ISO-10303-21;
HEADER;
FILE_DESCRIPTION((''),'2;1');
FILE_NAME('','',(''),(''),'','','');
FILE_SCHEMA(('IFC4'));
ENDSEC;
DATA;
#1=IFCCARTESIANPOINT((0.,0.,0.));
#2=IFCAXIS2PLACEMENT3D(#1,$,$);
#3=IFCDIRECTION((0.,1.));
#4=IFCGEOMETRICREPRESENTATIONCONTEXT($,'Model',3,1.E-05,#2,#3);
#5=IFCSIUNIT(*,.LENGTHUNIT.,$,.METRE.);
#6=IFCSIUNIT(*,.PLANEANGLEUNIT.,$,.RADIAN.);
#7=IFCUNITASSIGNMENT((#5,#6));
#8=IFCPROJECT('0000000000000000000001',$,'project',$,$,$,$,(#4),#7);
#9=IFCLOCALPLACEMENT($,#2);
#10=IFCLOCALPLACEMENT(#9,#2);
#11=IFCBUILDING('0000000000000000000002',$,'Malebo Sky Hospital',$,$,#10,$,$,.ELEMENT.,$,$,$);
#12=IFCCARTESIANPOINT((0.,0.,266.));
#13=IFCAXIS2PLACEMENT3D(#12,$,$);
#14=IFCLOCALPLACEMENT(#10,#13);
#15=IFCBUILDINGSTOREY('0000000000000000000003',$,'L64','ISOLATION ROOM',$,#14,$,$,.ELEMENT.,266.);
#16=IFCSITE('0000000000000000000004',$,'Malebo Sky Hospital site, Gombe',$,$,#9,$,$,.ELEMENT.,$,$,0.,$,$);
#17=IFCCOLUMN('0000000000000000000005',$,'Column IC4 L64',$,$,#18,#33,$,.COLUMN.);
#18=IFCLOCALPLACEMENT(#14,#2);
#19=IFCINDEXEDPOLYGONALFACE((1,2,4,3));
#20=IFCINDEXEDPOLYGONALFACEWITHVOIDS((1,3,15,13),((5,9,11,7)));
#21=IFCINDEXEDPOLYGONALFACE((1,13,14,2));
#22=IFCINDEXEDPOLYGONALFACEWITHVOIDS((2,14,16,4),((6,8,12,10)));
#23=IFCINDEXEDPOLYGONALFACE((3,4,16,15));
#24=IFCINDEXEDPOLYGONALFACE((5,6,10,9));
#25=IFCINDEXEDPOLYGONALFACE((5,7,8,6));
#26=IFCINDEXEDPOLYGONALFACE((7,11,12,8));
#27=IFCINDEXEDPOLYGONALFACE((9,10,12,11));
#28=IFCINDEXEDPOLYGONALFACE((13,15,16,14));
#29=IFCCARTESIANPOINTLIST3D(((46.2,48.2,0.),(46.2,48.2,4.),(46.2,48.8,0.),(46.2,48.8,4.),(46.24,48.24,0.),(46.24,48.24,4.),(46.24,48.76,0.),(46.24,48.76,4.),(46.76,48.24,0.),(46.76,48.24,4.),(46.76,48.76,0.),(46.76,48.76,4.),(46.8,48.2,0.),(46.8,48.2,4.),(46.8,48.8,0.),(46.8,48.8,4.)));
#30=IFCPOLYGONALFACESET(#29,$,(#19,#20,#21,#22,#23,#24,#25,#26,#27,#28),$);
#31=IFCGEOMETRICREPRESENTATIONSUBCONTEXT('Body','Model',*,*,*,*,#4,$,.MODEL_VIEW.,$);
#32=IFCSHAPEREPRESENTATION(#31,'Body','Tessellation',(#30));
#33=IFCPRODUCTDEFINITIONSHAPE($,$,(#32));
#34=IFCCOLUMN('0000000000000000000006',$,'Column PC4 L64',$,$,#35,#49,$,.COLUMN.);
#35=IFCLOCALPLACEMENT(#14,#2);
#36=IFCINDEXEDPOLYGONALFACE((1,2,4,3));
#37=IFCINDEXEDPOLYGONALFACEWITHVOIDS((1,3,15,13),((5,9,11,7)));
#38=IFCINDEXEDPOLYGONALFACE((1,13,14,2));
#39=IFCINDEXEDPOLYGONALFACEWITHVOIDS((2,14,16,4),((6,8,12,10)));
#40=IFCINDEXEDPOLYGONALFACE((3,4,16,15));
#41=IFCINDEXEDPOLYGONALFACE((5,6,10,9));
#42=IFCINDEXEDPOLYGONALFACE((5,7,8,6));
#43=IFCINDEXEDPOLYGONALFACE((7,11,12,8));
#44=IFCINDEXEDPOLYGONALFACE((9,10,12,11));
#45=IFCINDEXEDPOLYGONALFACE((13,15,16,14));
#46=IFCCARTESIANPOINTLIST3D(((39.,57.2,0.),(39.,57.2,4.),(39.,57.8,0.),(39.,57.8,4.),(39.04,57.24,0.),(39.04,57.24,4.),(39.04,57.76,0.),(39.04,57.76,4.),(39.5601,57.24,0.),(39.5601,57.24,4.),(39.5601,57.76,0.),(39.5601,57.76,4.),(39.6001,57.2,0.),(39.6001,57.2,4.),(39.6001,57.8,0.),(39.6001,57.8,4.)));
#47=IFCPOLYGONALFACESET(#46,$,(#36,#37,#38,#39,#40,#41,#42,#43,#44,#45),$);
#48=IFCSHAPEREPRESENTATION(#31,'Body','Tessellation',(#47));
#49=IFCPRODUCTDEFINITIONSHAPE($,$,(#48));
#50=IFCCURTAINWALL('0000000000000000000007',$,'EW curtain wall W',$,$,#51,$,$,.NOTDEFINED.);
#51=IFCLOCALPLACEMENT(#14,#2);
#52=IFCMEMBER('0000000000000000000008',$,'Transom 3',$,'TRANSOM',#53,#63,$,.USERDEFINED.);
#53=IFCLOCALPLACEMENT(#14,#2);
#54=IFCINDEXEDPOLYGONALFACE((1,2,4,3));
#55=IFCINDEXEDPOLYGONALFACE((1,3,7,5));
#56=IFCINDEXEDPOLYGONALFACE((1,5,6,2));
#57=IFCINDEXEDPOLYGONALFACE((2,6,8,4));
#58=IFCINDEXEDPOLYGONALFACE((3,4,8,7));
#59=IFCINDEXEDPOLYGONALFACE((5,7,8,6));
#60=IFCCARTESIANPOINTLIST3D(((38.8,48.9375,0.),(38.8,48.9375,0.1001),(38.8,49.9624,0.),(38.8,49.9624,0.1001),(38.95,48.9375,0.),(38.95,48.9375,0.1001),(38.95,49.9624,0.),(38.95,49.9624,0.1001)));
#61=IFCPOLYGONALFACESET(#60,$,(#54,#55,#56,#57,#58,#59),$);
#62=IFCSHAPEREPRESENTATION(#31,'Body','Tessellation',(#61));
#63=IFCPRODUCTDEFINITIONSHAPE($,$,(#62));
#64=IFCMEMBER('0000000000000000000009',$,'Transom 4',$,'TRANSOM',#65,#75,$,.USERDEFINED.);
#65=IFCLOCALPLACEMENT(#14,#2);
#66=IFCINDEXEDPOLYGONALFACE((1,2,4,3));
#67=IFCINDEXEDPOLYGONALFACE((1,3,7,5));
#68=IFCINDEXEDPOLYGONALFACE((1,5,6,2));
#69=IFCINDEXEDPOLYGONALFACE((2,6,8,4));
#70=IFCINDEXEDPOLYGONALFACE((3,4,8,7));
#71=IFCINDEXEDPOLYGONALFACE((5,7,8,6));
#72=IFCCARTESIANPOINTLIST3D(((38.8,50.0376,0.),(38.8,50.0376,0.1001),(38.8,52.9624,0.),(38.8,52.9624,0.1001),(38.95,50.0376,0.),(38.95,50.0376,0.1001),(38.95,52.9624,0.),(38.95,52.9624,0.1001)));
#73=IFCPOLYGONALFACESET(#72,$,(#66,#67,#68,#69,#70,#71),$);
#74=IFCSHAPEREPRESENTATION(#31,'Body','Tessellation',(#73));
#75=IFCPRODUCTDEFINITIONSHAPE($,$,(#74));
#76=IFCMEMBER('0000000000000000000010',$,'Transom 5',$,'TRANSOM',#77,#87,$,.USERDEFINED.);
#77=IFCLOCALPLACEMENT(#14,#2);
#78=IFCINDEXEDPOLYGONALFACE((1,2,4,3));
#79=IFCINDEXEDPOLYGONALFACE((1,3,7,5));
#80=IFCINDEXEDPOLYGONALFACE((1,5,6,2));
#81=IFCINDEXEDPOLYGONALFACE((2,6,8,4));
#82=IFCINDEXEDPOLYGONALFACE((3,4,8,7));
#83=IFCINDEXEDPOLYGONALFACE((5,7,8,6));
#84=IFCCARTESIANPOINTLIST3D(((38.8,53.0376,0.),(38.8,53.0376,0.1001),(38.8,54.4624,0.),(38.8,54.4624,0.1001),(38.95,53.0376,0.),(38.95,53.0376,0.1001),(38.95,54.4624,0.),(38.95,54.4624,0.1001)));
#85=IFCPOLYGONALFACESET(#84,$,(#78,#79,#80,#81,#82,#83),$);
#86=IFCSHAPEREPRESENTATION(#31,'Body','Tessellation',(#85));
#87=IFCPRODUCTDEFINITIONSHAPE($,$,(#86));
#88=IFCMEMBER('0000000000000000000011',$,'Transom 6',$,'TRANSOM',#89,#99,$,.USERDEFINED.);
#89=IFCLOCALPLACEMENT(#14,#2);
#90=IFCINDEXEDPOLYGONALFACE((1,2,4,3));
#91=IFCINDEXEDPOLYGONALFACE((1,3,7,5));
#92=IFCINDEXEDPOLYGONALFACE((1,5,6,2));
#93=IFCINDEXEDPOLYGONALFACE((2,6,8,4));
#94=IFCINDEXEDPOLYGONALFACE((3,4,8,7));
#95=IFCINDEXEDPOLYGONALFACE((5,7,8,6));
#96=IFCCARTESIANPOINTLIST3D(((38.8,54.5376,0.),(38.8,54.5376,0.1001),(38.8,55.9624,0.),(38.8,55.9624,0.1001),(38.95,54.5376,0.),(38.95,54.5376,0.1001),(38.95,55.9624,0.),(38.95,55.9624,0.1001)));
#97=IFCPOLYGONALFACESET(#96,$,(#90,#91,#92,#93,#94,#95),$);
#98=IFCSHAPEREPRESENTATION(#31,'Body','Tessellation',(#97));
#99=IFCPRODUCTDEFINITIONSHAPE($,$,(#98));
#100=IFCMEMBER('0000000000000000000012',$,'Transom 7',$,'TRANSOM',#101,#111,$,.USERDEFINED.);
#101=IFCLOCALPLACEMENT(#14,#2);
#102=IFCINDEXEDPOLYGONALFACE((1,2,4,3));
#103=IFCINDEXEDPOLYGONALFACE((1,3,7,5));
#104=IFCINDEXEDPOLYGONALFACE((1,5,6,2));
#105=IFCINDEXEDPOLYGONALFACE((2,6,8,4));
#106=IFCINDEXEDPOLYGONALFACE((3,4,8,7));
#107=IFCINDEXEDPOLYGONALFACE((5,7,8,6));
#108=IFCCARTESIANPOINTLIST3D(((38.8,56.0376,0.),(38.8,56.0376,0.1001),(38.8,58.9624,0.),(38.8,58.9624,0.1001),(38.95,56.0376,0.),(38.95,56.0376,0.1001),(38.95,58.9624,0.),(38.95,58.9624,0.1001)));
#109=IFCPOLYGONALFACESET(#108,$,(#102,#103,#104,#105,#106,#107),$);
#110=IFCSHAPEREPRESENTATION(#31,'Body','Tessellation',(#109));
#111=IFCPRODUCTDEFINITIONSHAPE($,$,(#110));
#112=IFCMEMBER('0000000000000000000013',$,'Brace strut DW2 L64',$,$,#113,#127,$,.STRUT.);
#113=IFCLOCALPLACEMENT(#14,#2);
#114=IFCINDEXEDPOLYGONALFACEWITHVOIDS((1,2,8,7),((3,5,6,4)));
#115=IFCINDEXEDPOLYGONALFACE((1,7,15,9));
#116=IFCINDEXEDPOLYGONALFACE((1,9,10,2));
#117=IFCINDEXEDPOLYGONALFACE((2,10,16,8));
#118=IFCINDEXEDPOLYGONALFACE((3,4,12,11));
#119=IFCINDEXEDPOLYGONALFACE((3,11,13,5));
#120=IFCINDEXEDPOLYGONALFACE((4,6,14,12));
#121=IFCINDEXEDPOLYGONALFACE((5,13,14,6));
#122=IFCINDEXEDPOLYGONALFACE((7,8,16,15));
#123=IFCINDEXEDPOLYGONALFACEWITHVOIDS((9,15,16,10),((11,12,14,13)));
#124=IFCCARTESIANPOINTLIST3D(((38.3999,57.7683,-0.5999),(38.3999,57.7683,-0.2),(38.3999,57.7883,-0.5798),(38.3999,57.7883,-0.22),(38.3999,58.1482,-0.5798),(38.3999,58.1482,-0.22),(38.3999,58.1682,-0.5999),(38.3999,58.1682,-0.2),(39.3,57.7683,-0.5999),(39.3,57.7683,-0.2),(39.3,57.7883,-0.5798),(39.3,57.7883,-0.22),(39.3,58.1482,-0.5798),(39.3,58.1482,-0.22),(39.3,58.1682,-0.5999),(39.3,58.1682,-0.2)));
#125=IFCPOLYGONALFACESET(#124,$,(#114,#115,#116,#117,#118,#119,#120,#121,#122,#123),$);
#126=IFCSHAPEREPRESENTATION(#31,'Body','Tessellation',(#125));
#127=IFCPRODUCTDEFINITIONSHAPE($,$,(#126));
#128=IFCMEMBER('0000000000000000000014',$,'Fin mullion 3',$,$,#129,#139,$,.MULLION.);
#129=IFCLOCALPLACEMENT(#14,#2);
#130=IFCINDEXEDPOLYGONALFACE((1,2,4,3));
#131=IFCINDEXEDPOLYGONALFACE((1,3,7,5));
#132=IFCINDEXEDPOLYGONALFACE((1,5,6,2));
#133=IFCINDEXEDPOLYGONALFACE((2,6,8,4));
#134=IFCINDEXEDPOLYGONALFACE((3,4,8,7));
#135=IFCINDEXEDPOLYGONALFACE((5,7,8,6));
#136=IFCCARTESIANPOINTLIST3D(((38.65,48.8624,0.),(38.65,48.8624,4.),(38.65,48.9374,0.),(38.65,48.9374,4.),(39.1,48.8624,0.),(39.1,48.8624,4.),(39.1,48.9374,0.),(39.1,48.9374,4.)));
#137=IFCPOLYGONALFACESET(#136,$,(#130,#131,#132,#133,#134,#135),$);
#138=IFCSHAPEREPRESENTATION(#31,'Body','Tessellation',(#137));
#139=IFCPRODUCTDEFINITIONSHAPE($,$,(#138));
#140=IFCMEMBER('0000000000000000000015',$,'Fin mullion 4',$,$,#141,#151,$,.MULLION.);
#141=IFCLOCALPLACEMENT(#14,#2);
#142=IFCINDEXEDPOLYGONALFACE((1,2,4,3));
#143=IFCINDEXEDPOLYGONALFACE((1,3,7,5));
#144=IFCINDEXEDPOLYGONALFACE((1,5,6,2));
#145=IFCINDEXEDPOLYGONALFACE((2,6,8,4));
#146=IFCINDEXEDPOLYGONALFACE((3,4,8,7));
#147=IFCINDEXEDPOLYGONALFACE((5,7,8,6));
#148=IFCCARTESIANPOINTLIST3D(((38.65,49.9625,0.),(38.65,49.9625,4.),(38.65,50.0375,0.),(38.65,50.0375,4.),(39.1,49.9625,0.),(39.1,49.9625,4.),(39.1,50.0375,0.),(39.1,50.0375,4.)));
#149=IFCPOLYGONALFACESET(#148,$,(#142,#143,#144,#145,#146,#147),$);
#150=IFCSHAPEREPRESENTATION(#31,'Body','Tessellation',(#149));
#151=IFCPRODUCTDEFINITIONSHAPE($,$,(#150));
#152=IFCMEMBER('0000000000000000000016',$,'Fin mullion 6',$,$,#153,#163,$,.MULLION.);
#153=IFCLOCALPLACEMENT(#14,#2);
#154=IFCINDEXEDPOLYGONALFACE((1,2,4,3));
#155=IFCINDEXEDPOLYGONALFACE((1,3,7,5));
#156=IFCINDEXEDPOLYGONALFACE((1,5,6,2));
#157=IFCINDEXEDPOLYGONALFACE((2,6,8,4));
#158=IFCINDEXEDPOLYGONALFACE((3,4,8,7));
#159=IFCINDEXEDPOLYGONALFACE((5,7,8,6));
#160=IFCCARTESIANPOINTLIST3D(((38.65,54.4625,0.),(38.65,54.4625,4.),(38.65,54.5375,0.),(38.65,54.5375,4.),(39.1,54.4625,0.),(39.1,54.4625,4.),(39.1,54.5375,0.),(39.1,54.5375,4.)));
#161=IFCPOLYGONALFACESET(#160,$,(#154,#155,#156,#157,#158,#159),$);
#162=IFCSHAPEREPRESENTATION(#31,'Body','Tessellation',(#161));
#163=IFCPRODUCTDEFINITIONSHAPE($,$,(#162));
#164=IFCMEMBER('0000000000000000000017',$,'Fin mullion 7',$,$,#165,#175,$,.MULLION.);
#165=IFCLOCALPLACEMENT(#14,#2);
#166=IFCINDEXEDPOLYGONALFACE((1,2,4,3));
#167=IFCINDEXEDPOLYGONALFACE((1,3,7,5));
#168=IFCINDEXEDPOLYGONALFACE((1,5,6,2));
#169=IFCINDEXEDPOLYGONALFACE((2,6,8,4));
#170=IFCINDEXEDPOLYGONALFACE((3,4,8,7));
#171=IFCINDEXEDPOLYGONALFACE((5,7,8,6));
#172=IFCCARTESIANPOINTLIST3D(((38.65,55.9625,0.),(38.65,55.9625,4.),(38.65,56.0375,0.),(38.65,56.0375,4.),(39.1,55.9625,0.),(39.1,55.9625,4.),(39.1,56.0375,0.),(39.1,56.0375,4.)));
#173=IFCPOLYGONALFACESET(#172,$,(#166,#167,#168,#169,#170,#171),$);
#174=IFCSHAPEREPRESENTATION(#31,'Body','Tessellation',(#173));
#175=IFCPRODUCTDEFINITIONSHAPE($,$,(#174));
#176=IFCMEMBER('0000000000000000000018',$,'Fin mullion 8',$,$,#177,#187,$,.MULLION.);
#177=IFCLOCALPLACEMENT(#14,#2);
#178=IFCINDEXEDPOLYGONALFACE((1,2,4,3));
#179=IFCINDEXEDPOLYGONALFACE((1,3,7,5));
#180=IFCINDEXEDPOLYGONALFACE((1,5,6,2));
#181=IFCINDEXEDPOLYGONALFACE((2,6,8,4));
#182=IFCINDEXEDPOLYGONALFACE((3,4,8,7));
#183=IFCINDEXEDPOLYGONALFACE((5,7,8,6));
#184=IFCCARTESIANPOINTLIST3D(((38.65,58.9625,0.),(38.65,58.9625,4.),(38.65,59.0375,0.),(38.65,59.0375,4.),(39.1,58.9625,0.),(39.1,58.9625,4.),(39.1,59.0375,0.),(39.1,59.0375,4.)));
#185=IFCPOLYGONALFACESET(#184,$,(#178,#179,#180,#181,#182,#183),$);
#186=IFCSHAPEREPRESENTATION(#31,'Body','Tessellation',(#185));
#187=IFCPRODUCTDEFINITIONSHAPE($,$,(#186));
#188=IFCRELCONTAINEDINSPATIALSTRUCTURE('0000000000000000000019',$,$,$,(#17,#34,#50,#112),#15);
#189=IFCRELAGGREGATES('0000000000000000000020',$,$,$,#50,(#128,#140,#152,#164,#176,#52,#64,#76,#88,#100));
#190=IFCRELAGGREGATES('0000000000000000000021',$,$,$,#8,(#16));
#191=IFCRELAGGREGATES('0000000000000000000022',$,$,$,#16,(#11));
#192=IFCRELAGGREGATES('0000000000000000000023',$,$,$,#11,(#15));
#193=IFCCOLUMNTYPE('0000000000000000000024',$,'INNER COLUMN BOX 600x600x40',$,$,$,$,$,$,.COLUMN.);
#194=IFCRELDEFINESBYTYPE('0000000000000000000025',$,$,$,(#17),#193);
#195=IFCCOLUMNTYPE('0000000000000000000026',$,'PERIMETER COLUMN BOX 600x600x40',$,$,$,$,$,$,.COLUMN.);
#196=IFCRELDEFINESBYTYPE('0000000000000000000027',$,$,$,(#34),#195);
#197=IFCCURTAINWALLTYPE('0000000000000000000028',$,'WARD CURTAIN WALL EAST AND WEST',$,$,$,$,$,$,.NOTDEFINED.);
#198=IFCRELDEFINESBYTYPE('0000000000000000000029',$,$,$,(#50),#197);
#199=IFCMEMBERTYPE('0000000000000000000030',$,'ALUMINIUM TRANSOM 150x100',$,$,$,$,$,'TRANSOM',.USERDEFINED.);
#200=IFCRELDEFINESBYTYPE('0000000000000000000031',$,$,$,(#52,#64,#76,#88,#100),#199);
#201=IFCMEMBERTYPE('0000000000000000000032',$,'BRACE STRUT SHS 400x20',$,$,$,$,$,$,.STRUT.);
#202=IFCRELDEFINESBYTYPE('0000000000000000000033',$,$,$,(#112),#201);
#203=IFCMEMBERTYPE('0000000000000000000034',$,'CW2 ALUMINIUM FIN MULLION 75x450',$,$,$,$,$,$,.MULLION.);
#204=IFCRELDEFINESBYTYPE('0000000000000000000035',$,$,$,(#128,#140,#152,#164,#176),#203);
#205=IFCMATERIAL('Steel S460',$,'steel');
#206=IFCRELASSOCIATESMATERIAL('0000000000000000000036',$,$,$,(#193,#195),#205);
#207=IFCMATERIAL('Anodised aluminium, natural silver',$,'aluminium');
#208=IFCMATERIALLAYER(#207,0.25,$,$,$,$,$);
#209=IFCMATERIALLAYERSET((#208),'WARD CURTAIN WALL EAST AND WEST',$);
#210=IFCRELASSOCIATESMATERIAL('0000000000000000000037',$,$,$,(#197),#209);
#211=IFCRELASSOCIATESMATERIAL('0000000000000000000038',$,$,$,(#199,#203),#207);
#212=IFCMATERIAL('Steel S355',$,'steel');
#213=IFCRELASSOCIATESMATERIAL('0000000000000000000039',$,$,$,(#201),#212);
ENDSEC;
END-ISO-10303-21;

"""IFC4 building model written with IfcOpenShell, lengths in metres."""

from ifc_helpers import new_model, si_unit, direction, frame, origin, origin_2d, place, context, subcontext, project, spatial, rectangle, hollow_rectangle, extrude, material, layer, layer_set, material_profile, profile_set, type_object, element, aggregate, save


model = new_model("IFC4")

# Units and contexts
model_context = context("Model", 3, precision=1e-05, world=origin(), true_north=direction((0.0, 1.0)))
body_context = subcontext(model_context, "Body", "Model", "MODEL_VIEW")
ifc_project = project(units=[si_unit("LENGTHUNIT", "METRE"), si_unit("PLANEANGLEUNIT", "RADIAN")], contexts=[model_context])

# Site, building, storey
site_placement = place(None, origin())
site = spatial("IfcSite", under=ifc_project, at=site_placement, Name="Malebo Sky Hospital site, Gombe", CompositionType="ELEMENT", RefElevation=0.0)
building_placement = place(site_placement, origin())
building = spatial("IfcBuilding", under=site, at=building_placement, Name="Malebo Sky Hospital", CompositionType="ELEMENT")
storey_placement = place(building_placement, frame((0.0, 0.0, 266.0)))
storey = spatial("IfcBuildingStorey", under=building, at=storey_placement, Name="L64", Description="ISOLATION ROOM", CompositionType="ELEMENT", Elevation=266.0)

# Columns
ifc_material_1 = material(Name="Steel S460", Category="steel")
ifc_material_profile_1 = material_profile(ifc_material_1, hollow_rectangle(XDim=0.6001, YDim=0.6001, WallThickness=0.04, at=origin_2d()), Name="BOX 600x600x40")
ifc_profile_set_1 = profile_set([ifc_material_profile_1], Name="Steel S460")
column_type_1 = type_object("IfcColumnType", Name="INNER COLUMN BOX 600x600x40", PredefinedType="COLUMN", material=ifc_profile_set_1)
column_1_placement = place(storey_placement, frame((46.5, 48.5, 0.0), z_axis=(0.0, 0.0, 1.0), x_axis=(1.0, 0.0, 0.0)))
element("IfcColumn", 1, at=column_1_placement, inside=storey, type_object=column_type_1, Name="Column IC4 L64", PredefinedType="COLUMN", context=body_context, shape_type="SweptSolid", body=[
    extrude(hollow_rectangle(XDim=0.6001, YDim=0.6001, WallThickness=0.04, at=origin_2d()), origin(), (0.0, 0.0, 1.0), 4.0),
])
ifc_material_profile_2 = material_profile(ifc_material_1, hollow_rectangle(XDim=0.6001, YDim=0.6001, WallThickness=0.04, at=origin_2d()), Name="BOX 600x600x40")
ifc_profile_set_2 = profile_set([ifc_material_profile_2], Name="Steel S460")
column_type_2 = type_object("IfcColumnType", Name="PERIMETER COLUMN BOX 600x600x40", PredefinedType="COLUMN", material=ifc_profile_set_2)
column_2_placement = place(storey_placement, frame((39.3, 57.5, 0.0), z_axis=(0.0, 0.0, 1.0), x_axis=(1.0, 0.0, 0.0)))
element("IfcColumn", 2, at=column_2_placement, inside=storey, type_object=column_type_2, Name="Column PC4 L64", PredefinedType="COLUMN", context=body_context, shape_type="SweptSolid", body=[
    extrude(hollow_rectangle(XDim=0.6001, YDim=0.6001, WallThickness=0.04, at=origin_2d()), origin(), (0.0, 0.0, 1.0), 4.0),
])

# Curtain wall, members
ifc_material_2 = material(Name="Anodised aluminium, natural silver", Category="aluminium")
ifc_layer_1 = layer(ifc_material_2, 0.25)
ifc_layer_set_1 = layer_set([ifc_layer_1], Name="WARD CURTAIN WALL EAST AND WEST")
curtain_wall_type = type_object("IfcCurtainWallType", Name="WARD CURTAIN WALL EAST AND WEST", PredefinedType="NOTDEFINED", material=ifc_layer_set_1)
curtain_wall_placement = place(storey_placement, origin())
curtain_wall = element("IfcCurtainWall", 3, at=curtain_wall_placement, inside=storey, type_object=curtain_wall_type, Name="EW curtain wall W", PredefinedType="NOTDEFINED")
ifc_material_profile_3 = material_profile(ifc_material_2, rectangle(XDim=0.1499, YDim=0.1001, at=origin_2d()), Name="ALUMINIUM TRANSOM 150x100")
ifc_profile_set_3 = profile_set([ifc_material_profile_3], Name="Anodised aluminium, natural silver")
member_type_1 = type_object("IfcMemberType", Name="ALUMINIUM TRANSOM 150x100", ElementType="TRANSOM", PredefinedType="USERDEFINED", material=ifc_profile_set_3)
member_1_placement = place(storey_placement, frame((38.875, 48.9375, 0.05), z_axis=(0.0, 1.0, 0.0), x_axis=(-1.0, 0.0, 0.0)))
member_1 = element("IfcMember", 4, at=member_1_placement, type_object=member_type_1, Name="Transom 3", ObjectType="TRANSOM", PredefinedType="USERDEFINED", context=body_context, shape_type="SweptSolid", body=[
    extrude(rectangle(XDim=0.1499, YDim=0.1001, at=origin_2d()), origin(), (0.0, 0.0, 1.0), 1.0249),
])
member_2_placement = place(storey_placement, frame((38.875, 50.0376, 0.05), z_axis=(0.0, 1.0, 0.0), x_axis=(-1.0, 0.0, 0.0)))
member_2 = element("IfcMember", 5, at=member_2_placement, type_object=member_type_1, Name="Transom 4", ObjectType="TRANSOM", PredefinedType="USERDEFINED", context=body_context, shape_type="SweptSolid", body=[
    extrude(rectangle(XDim=0.1499, YDim=0.1001, at=origin_2d()), origin(), (0.0, 0.0, 1.0), 2.9248),
])
member_3_placement = place(storey_placement, frame((38.875, 53.0376, 0.05), z_axis=(0.0, 1.0, 0.0), x_axis=(-1.0, 0.0, 0.0)))
member_3 = element("IfcMember", 6, at=member_3_placement, type_object=member_type_1, Name="Transom 5", ObjectType="TRANSOM", PredefinedType="USERDEFINED", context=body_context, shape_type="SweptSolid", body=[
    extrude(rectangle(XDim=0.1499, YDim=0.1001, at=origin_2d()), origin(), (0.0, 0.0, 1.0), 1.4248),
])
member_4_placement = place(storey_placement, frame((38.875, 54.5376, 0.05), z_axis=(0.0, 1.0, 0.0), x_axis=(-1.0, 0.0, 0.0)))
member_4 = element("IfcMember", 7, at=member_4_placement, type_object=member_type_1, Name="Transom 6", ObjectType="TRANSOM", PredefinedType="USERDEFINED", context=body_context, shape_type="SweptSolid", body=[
    extrude(rectangle(XDim=0.1499, YDim=0.1001, at=origin_2d()), origin(), (0.0, 0.0, 1.0), 1.4248),
])
member_5_placement = place(storey_placement, frame((38.875, 56.0376, 0.05), z_axis=(0.0, 1.0, 0.0), x_axis=(-1.0, 0.0, 0.0)))
member_5 = element("IfcMember", 8, at=member_5_placement, type_object=member_type_1, Name="Transom 7", ObjectType="TRANSOM", PredefinedType="USERDEFINED", context=body_context, shape_type="SweptSolid", body=[
    extrude(rectangle(XDim=0.1499, YDim=0.1001, at=origin_2d()), origin(), (0.0, 0.0, 1.0), 2.9248),
])

# Members
ifc_material_3 = material(Name="Steel S355", Category="steel")
ifc_material_profile_4 = material_profile(ifc_material_3, hollow_rectangle(XDim=0.3999, YDim=0.3999, WallThickness=0.02, at=origin_2d()), Name="SHS 400x20")
ifc_profile_set_4 = profile_set([ifc_material_profile_4], Name="Steel S355")
member_type_2 = type_object("IfcMemberType", Name="BRACE STRUT SHS 400x20", PredefinedType="STRUT", material=ifc_profile_set_4)
member_6_placement = place(storey_placement, frame((38.3999, 57.9683, -0.3999), z_axis=(1.0, 0.0, 0.0), x_axis=(0.0, 1.0, 0.0)))
element("IfcMember", 9, at=member_6_placement, inside=storey, type_object=member_type_2, Name="Brace strut DW2 L64", PredefinedType="STRUT", context=body_context, shape_type="SweptSolid", body=[
    extrude(hollow_rectangle(XDim=0.3999, YDim=0.3999, WallThickness=0.02, at=origin_2d()), origin(), (0.0, 0.0, 1.0), 0.9001),
])
ifc_material_profile_5 = material_profile(ifc_material_2, rectangle(XDim=0.075, YDim=0.45, at=origin_2d()), Name="CW2 ALUMINIUM FIN MULLION 75x450")
ifc_profile_set_5 = profile_set([ifc_material_profile_5], Name="Anodised aluminium, natural silver")
member_type_3 = type_object("IfcMemberType", Name="CW2 ALUMINIUM FIN MULLION 75x450", PredefinedType="MULLION", material=ifc_profile_set_5)
member_7_placement = place(storey_placement, frame((38.875, 48.8999, 0.0), z_axis=(0.0, 0.0, 1.0), x_axis=(0.0, 1.0, 0.0)))
member_7 = element("IfcMember", 10, at=member_7_placement, type_object=member_type_3, Name="Fin mullion 3", PredefinedType="MULLION", context=body_context, shape_type="SweptSolid", body=[
    extrude(rectangle(XDim=0.075, YDim=0.45, at=origin_2d()), origin(), (0.0, 0.0, 1.0), 4.0),
])
member_8_placement = place(storey_placement, frame((38.875, 50.0, 0.0), z_axis=(0.0, 0.0, 1.0), x_axis=(0.0, 1.0, 0.0)))
member_8 = element("IfcMember", 11, at=member_8_placement, type_object=member_type_3, Name="Fin mullion 4", PredefinedType="MULLION", context=body_context, shape_type="SweptSolid", body=[
    extrude(rectangle(XDim=0.075, YDim=0.45, at=origin_2d()), origin(), (0.0, 0.0, 1.0), 4.0),
])
member_9_placement = place(storey_placement, frame((38.875, 54.5, 0.0), z_axis=(0.0, 0.0, 1.0), x_axis=(0.0, 1.0, 0.0)))
member_9 = element("IfcMember", 12, at=member_9_placement, type_object=member_type_3, Name="Fin mullion 6", PredefinedType="MULLION", context=body_context, shape_type="SweptSolid", body=[
    extrude(rectangle(XDim=0.075, YDim=0.45, at=origin_2d()), origin(), (0.0, 0.0, 1.0), 4.0),
])
member_10_placement = place(storey_placement, frame((38.875, 56.0, 0.0), z_axis=(0.0, 0.0, 1.0), x_axis=(0.0, 1.0, 0.0)))
member_10 = element("IfcMember", 13, at=member_10_placement, type_object=member_type_3, Name="Fin mullion 7", PredefinedType="MULLION", context=body_context, shape_type="SweptSolid", body=[
    extrude(rectangle(XDim=0.075, YDim=0.45, at=origin_2d()), origin(), (0.0, 0.0, 1.0), 4.0),
])
member_11_placement = place(storey_placement, frame((38.875, 59.0, 0.0), z_axis=(0.0, 0.0, 1.0), x_axis=(0.0, 1.0, 0.0)))
member_11 = element("IfcMember", 14, at=member_11_placement, type_object=member_type_3, Name="Fin mullion 8", PredefinedType="MULLION", context=body_context, shape_type="SweptSolid", body=[
    extrude(rectangle(XDim=0.075, YDim=0.45, at=origin_2d()), origin(), (0.0, 0.0, 1.0), 4.0),
])

aggregate(curtain_wall, [member_7, member_8, member_9, member_10, member_11, member_1, member_2, member_3, member_4, member_5])

save(model, "model.ifc")
